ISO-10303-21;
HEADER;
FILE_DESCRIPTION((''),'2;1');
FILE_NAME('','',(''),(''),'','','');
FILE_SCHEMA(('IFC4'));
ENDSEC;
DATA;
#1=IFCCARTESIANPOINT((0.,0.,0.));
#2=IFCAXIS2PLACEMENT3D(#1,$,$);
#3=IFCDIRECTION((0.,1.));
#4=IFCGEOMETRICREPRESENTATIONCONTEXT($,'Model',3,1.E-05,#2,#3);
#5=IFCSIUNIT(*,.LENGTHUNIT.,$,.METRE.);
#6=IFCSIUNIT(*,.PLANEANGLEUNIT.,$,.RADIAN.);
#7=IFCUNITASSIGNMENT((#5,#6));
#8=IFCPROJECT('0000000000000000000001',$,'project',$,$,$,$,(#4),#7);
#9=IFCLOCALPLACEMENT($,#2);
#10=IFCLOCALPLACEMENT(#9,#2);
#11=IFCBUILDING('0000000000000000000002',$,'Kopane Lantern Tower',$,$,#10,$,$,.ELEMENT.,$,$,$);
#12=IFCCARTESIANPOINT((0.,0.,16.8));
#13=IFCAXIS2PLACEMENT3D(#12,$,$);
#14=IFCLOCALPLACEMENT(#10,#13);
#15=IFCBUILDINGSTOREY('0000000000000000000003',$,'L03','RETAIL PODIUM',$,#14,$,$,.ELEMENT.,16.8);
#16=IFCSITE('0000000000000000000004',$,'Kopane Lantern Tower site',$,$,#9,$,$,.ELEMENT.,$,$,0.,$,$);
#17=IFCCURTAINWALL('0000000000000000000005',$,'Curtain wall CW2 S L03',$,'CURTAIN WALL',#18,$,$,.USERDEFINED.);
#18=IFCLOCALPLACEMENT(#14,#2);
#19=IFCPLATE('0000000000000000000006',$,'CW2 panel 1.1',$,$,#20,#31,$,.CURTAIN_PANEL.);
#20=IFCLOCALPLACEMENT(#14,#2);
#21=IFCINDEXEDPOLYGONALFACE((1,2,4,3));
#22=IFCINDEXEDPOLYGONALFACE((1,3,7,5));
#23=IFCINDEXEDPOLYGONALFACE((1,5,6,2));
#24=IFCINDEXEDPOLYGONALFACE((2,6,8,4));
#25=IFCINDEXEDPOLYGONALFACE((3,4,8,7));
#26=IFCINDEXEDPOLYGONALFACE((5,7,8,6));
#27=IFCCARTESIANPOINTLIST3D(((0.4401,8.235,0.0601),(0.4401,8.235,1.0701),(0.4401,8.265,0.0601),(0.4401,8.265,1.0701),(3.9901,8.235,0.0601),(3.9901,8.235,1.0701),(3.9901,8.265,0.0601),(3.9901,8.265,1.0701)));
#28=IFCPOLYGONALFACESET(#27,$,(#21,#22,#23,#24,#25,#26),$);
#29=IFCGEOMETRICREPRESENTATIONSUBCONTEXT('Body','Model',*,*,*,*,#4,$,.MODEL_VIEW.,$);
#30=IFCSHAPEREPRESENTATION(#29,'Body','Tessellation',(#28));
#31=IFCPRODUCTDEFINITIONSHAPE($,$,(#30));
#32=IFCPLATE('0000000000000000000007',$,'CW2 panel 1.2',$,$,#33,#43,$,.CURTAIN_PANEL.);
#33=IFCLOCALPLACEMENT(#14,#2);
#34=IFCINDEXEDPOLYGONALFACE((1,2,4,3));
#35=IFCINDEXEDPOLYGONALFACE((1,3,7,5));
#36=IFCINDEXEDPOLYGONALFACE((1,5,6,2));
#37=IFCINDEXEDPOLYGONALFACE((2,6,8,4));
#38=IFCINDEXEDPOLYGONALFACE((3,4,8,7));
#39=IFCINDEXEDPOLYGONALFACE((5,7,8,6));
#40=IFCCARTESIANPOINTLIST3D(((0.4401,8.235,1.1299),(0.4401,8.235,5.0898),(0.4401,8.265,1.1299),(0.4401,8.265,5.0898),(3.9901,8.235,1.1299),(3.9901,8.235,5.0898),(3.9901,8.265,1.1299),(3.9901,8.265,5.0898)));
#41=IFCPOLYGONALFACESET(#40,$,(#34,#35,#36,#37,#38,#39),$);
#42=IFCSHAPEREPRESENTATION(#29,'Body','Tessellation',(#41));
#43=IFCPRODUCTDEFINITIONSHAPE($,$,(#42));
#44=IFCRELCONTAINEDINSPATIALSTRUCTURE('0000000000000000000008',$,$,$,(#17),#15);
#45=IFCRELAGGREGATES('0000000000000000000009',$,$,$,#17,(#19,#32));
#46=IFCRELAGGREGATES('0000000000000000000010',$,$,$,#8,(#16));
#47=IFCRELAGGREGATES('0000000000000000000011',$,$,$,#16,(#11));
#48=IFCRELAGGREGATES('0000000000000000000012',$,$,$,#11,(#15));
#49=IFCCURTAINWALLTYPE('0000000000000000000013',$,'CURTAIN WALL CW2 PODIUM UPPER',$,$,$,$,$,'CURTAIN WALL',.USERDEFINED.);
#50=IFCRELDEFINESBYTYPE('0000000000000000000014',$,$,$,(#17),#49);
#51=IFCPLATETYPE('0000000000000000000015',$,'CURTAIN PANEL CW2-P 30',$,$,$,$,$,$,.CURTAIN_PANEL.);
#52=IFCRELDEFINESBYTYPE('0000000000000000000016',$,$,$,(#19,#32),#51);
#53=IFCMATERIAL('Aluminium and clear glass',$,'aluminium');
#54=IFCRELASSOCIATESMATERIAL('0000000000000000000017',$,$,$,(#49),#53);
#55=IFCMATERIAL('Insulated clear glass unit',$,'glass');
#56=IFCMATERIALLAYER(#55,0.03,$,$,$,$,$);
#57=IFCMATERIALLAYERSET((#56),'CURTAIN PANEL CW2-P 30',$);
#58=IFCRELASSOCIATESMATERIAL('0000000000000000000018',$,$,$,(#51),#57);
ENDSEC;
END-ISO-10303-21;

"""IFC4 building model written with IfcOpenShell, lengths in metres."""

from ifc_helpers import new_model, si_unit, direction, frame, origin, origin_2d, place, context, subcontext, project, spatial, rectangle, extrude, material, layer, layer_set, type_object, element, aggregate, save


model = new_model("IFC4")

# Units and contexts
model_context = context("Model", 3, precision=1e-05, world=origin(), true_north=direction((0.0, 1.0)))
body_context = subcontext(model_context, "Body", "Model", "MODEL_VIEW")
ifc_project = project(units=[si_unit("LENGTHUNIT", "METRE"), si_unit("PLANEANGLEUNIT", "RADIAN")], contexts=[model_context])

# Site, building, storey
site_placement = place(None, origin())
site = spatial("IfcSite", under=ifc_project, at=site_placement, Name="Kopane Lantern Tower site", CompositionType="ELEMENT", RefElevation=0.0)
building_placement = place(site_placement, origin())
building = spatial("IfcBuilding", under=site, at=building_placement, Name="Kopane Lantern Tower", CompositionType="ELEMENT")
storey_placement = place(building_placement, frame((0.0, 0.0, 16.8)))
storey = spatial("IfcBuildingStorey", under=building, at=storey_placement, Name="L03", Description="RETAIL PODIUM", CompositionType="ELEMENT", Elevation=16.8)

# Shared definitions
ifc_material_1 = material(Name="Aluminium and clear glass", Category="aluminium")
curtain_wall_type = type_object("IfcCurtainWallType", Name="CURTAIN WALL CW2 PODIUM UPPER", ElementType="CURTAIN WALL", PredefinedType="USERDEFINED", material=ifc_material_1)

# Curtain wall
curtain_wall_1_placement = place(storey_placement, origin())
curtain_wall_1 = element("IfcCurtainWall", 1, at=curtain_wall_1_placement, inside=storey, type_object=curtain_wall_type, Name="Curtain wall CW2 S L03", ObjectType="CURTAIN WALL", PredefinedType="USERDEFINED")

# Plates
ifc_material_2 = material(Name="Insulated clear glass unit", Category="glass")
ifc_layer = layer(ifc_material_2, 0.03)
ifc_layer_set = layer_set([ifc_layer], Name="CURTAIN PANEL CW2-P 30")
plate_type = type_object("IfcPlateType", Name="CURTAIN PANEL CW2-P 30", PredefinedType="CURTAIN_PANEL", material=ifc_layer_set)
plate_1_placement = place(storey_placement, frame((2.2151, 8.25, 0.0601), z_axis=(0.0, 0.0, 1.0), x_axis=(1.0, 0.0, 0.0)))
plate_1 = element("IfcPlate", 2, at=plate_1_placement, type_object=plate_type, Name="CW2 panel 1.1", PredefinedType="CURTAIN_PANEL", context=body_context, shape_type="SweptSolid", body=[
    extrude(rectangle(XDim=3.55, YDim=0.03, at=origin_2d()), origin(), (0.0, 0.0, 1.0), 1.01),
])
plate_2_placement = place(storey_placement, frame((2.2151, 8.25, 1.1299), z_axis=(0.0, 0.0, 1.0), x_axis=(1.0, 0.0, 0.0)))
plate_2 = element("IfcPlate", 3, at=plate_2_placement, type_object=plate_type, Name="CW2 panel 1.2", PredefinedType="CURTAIN_PANEL", context=body_context, shape_type="SweptSolid", body=[
    extrude(rectangle(XDim=3.55, YDim=0.03, at=origin_2d()), origin(), (0.0, 0.0, 1.0), 3.96),
])
aggregate(curtain_wall_1, [plate_1, plate_2])

save(model, "model.ifc")
